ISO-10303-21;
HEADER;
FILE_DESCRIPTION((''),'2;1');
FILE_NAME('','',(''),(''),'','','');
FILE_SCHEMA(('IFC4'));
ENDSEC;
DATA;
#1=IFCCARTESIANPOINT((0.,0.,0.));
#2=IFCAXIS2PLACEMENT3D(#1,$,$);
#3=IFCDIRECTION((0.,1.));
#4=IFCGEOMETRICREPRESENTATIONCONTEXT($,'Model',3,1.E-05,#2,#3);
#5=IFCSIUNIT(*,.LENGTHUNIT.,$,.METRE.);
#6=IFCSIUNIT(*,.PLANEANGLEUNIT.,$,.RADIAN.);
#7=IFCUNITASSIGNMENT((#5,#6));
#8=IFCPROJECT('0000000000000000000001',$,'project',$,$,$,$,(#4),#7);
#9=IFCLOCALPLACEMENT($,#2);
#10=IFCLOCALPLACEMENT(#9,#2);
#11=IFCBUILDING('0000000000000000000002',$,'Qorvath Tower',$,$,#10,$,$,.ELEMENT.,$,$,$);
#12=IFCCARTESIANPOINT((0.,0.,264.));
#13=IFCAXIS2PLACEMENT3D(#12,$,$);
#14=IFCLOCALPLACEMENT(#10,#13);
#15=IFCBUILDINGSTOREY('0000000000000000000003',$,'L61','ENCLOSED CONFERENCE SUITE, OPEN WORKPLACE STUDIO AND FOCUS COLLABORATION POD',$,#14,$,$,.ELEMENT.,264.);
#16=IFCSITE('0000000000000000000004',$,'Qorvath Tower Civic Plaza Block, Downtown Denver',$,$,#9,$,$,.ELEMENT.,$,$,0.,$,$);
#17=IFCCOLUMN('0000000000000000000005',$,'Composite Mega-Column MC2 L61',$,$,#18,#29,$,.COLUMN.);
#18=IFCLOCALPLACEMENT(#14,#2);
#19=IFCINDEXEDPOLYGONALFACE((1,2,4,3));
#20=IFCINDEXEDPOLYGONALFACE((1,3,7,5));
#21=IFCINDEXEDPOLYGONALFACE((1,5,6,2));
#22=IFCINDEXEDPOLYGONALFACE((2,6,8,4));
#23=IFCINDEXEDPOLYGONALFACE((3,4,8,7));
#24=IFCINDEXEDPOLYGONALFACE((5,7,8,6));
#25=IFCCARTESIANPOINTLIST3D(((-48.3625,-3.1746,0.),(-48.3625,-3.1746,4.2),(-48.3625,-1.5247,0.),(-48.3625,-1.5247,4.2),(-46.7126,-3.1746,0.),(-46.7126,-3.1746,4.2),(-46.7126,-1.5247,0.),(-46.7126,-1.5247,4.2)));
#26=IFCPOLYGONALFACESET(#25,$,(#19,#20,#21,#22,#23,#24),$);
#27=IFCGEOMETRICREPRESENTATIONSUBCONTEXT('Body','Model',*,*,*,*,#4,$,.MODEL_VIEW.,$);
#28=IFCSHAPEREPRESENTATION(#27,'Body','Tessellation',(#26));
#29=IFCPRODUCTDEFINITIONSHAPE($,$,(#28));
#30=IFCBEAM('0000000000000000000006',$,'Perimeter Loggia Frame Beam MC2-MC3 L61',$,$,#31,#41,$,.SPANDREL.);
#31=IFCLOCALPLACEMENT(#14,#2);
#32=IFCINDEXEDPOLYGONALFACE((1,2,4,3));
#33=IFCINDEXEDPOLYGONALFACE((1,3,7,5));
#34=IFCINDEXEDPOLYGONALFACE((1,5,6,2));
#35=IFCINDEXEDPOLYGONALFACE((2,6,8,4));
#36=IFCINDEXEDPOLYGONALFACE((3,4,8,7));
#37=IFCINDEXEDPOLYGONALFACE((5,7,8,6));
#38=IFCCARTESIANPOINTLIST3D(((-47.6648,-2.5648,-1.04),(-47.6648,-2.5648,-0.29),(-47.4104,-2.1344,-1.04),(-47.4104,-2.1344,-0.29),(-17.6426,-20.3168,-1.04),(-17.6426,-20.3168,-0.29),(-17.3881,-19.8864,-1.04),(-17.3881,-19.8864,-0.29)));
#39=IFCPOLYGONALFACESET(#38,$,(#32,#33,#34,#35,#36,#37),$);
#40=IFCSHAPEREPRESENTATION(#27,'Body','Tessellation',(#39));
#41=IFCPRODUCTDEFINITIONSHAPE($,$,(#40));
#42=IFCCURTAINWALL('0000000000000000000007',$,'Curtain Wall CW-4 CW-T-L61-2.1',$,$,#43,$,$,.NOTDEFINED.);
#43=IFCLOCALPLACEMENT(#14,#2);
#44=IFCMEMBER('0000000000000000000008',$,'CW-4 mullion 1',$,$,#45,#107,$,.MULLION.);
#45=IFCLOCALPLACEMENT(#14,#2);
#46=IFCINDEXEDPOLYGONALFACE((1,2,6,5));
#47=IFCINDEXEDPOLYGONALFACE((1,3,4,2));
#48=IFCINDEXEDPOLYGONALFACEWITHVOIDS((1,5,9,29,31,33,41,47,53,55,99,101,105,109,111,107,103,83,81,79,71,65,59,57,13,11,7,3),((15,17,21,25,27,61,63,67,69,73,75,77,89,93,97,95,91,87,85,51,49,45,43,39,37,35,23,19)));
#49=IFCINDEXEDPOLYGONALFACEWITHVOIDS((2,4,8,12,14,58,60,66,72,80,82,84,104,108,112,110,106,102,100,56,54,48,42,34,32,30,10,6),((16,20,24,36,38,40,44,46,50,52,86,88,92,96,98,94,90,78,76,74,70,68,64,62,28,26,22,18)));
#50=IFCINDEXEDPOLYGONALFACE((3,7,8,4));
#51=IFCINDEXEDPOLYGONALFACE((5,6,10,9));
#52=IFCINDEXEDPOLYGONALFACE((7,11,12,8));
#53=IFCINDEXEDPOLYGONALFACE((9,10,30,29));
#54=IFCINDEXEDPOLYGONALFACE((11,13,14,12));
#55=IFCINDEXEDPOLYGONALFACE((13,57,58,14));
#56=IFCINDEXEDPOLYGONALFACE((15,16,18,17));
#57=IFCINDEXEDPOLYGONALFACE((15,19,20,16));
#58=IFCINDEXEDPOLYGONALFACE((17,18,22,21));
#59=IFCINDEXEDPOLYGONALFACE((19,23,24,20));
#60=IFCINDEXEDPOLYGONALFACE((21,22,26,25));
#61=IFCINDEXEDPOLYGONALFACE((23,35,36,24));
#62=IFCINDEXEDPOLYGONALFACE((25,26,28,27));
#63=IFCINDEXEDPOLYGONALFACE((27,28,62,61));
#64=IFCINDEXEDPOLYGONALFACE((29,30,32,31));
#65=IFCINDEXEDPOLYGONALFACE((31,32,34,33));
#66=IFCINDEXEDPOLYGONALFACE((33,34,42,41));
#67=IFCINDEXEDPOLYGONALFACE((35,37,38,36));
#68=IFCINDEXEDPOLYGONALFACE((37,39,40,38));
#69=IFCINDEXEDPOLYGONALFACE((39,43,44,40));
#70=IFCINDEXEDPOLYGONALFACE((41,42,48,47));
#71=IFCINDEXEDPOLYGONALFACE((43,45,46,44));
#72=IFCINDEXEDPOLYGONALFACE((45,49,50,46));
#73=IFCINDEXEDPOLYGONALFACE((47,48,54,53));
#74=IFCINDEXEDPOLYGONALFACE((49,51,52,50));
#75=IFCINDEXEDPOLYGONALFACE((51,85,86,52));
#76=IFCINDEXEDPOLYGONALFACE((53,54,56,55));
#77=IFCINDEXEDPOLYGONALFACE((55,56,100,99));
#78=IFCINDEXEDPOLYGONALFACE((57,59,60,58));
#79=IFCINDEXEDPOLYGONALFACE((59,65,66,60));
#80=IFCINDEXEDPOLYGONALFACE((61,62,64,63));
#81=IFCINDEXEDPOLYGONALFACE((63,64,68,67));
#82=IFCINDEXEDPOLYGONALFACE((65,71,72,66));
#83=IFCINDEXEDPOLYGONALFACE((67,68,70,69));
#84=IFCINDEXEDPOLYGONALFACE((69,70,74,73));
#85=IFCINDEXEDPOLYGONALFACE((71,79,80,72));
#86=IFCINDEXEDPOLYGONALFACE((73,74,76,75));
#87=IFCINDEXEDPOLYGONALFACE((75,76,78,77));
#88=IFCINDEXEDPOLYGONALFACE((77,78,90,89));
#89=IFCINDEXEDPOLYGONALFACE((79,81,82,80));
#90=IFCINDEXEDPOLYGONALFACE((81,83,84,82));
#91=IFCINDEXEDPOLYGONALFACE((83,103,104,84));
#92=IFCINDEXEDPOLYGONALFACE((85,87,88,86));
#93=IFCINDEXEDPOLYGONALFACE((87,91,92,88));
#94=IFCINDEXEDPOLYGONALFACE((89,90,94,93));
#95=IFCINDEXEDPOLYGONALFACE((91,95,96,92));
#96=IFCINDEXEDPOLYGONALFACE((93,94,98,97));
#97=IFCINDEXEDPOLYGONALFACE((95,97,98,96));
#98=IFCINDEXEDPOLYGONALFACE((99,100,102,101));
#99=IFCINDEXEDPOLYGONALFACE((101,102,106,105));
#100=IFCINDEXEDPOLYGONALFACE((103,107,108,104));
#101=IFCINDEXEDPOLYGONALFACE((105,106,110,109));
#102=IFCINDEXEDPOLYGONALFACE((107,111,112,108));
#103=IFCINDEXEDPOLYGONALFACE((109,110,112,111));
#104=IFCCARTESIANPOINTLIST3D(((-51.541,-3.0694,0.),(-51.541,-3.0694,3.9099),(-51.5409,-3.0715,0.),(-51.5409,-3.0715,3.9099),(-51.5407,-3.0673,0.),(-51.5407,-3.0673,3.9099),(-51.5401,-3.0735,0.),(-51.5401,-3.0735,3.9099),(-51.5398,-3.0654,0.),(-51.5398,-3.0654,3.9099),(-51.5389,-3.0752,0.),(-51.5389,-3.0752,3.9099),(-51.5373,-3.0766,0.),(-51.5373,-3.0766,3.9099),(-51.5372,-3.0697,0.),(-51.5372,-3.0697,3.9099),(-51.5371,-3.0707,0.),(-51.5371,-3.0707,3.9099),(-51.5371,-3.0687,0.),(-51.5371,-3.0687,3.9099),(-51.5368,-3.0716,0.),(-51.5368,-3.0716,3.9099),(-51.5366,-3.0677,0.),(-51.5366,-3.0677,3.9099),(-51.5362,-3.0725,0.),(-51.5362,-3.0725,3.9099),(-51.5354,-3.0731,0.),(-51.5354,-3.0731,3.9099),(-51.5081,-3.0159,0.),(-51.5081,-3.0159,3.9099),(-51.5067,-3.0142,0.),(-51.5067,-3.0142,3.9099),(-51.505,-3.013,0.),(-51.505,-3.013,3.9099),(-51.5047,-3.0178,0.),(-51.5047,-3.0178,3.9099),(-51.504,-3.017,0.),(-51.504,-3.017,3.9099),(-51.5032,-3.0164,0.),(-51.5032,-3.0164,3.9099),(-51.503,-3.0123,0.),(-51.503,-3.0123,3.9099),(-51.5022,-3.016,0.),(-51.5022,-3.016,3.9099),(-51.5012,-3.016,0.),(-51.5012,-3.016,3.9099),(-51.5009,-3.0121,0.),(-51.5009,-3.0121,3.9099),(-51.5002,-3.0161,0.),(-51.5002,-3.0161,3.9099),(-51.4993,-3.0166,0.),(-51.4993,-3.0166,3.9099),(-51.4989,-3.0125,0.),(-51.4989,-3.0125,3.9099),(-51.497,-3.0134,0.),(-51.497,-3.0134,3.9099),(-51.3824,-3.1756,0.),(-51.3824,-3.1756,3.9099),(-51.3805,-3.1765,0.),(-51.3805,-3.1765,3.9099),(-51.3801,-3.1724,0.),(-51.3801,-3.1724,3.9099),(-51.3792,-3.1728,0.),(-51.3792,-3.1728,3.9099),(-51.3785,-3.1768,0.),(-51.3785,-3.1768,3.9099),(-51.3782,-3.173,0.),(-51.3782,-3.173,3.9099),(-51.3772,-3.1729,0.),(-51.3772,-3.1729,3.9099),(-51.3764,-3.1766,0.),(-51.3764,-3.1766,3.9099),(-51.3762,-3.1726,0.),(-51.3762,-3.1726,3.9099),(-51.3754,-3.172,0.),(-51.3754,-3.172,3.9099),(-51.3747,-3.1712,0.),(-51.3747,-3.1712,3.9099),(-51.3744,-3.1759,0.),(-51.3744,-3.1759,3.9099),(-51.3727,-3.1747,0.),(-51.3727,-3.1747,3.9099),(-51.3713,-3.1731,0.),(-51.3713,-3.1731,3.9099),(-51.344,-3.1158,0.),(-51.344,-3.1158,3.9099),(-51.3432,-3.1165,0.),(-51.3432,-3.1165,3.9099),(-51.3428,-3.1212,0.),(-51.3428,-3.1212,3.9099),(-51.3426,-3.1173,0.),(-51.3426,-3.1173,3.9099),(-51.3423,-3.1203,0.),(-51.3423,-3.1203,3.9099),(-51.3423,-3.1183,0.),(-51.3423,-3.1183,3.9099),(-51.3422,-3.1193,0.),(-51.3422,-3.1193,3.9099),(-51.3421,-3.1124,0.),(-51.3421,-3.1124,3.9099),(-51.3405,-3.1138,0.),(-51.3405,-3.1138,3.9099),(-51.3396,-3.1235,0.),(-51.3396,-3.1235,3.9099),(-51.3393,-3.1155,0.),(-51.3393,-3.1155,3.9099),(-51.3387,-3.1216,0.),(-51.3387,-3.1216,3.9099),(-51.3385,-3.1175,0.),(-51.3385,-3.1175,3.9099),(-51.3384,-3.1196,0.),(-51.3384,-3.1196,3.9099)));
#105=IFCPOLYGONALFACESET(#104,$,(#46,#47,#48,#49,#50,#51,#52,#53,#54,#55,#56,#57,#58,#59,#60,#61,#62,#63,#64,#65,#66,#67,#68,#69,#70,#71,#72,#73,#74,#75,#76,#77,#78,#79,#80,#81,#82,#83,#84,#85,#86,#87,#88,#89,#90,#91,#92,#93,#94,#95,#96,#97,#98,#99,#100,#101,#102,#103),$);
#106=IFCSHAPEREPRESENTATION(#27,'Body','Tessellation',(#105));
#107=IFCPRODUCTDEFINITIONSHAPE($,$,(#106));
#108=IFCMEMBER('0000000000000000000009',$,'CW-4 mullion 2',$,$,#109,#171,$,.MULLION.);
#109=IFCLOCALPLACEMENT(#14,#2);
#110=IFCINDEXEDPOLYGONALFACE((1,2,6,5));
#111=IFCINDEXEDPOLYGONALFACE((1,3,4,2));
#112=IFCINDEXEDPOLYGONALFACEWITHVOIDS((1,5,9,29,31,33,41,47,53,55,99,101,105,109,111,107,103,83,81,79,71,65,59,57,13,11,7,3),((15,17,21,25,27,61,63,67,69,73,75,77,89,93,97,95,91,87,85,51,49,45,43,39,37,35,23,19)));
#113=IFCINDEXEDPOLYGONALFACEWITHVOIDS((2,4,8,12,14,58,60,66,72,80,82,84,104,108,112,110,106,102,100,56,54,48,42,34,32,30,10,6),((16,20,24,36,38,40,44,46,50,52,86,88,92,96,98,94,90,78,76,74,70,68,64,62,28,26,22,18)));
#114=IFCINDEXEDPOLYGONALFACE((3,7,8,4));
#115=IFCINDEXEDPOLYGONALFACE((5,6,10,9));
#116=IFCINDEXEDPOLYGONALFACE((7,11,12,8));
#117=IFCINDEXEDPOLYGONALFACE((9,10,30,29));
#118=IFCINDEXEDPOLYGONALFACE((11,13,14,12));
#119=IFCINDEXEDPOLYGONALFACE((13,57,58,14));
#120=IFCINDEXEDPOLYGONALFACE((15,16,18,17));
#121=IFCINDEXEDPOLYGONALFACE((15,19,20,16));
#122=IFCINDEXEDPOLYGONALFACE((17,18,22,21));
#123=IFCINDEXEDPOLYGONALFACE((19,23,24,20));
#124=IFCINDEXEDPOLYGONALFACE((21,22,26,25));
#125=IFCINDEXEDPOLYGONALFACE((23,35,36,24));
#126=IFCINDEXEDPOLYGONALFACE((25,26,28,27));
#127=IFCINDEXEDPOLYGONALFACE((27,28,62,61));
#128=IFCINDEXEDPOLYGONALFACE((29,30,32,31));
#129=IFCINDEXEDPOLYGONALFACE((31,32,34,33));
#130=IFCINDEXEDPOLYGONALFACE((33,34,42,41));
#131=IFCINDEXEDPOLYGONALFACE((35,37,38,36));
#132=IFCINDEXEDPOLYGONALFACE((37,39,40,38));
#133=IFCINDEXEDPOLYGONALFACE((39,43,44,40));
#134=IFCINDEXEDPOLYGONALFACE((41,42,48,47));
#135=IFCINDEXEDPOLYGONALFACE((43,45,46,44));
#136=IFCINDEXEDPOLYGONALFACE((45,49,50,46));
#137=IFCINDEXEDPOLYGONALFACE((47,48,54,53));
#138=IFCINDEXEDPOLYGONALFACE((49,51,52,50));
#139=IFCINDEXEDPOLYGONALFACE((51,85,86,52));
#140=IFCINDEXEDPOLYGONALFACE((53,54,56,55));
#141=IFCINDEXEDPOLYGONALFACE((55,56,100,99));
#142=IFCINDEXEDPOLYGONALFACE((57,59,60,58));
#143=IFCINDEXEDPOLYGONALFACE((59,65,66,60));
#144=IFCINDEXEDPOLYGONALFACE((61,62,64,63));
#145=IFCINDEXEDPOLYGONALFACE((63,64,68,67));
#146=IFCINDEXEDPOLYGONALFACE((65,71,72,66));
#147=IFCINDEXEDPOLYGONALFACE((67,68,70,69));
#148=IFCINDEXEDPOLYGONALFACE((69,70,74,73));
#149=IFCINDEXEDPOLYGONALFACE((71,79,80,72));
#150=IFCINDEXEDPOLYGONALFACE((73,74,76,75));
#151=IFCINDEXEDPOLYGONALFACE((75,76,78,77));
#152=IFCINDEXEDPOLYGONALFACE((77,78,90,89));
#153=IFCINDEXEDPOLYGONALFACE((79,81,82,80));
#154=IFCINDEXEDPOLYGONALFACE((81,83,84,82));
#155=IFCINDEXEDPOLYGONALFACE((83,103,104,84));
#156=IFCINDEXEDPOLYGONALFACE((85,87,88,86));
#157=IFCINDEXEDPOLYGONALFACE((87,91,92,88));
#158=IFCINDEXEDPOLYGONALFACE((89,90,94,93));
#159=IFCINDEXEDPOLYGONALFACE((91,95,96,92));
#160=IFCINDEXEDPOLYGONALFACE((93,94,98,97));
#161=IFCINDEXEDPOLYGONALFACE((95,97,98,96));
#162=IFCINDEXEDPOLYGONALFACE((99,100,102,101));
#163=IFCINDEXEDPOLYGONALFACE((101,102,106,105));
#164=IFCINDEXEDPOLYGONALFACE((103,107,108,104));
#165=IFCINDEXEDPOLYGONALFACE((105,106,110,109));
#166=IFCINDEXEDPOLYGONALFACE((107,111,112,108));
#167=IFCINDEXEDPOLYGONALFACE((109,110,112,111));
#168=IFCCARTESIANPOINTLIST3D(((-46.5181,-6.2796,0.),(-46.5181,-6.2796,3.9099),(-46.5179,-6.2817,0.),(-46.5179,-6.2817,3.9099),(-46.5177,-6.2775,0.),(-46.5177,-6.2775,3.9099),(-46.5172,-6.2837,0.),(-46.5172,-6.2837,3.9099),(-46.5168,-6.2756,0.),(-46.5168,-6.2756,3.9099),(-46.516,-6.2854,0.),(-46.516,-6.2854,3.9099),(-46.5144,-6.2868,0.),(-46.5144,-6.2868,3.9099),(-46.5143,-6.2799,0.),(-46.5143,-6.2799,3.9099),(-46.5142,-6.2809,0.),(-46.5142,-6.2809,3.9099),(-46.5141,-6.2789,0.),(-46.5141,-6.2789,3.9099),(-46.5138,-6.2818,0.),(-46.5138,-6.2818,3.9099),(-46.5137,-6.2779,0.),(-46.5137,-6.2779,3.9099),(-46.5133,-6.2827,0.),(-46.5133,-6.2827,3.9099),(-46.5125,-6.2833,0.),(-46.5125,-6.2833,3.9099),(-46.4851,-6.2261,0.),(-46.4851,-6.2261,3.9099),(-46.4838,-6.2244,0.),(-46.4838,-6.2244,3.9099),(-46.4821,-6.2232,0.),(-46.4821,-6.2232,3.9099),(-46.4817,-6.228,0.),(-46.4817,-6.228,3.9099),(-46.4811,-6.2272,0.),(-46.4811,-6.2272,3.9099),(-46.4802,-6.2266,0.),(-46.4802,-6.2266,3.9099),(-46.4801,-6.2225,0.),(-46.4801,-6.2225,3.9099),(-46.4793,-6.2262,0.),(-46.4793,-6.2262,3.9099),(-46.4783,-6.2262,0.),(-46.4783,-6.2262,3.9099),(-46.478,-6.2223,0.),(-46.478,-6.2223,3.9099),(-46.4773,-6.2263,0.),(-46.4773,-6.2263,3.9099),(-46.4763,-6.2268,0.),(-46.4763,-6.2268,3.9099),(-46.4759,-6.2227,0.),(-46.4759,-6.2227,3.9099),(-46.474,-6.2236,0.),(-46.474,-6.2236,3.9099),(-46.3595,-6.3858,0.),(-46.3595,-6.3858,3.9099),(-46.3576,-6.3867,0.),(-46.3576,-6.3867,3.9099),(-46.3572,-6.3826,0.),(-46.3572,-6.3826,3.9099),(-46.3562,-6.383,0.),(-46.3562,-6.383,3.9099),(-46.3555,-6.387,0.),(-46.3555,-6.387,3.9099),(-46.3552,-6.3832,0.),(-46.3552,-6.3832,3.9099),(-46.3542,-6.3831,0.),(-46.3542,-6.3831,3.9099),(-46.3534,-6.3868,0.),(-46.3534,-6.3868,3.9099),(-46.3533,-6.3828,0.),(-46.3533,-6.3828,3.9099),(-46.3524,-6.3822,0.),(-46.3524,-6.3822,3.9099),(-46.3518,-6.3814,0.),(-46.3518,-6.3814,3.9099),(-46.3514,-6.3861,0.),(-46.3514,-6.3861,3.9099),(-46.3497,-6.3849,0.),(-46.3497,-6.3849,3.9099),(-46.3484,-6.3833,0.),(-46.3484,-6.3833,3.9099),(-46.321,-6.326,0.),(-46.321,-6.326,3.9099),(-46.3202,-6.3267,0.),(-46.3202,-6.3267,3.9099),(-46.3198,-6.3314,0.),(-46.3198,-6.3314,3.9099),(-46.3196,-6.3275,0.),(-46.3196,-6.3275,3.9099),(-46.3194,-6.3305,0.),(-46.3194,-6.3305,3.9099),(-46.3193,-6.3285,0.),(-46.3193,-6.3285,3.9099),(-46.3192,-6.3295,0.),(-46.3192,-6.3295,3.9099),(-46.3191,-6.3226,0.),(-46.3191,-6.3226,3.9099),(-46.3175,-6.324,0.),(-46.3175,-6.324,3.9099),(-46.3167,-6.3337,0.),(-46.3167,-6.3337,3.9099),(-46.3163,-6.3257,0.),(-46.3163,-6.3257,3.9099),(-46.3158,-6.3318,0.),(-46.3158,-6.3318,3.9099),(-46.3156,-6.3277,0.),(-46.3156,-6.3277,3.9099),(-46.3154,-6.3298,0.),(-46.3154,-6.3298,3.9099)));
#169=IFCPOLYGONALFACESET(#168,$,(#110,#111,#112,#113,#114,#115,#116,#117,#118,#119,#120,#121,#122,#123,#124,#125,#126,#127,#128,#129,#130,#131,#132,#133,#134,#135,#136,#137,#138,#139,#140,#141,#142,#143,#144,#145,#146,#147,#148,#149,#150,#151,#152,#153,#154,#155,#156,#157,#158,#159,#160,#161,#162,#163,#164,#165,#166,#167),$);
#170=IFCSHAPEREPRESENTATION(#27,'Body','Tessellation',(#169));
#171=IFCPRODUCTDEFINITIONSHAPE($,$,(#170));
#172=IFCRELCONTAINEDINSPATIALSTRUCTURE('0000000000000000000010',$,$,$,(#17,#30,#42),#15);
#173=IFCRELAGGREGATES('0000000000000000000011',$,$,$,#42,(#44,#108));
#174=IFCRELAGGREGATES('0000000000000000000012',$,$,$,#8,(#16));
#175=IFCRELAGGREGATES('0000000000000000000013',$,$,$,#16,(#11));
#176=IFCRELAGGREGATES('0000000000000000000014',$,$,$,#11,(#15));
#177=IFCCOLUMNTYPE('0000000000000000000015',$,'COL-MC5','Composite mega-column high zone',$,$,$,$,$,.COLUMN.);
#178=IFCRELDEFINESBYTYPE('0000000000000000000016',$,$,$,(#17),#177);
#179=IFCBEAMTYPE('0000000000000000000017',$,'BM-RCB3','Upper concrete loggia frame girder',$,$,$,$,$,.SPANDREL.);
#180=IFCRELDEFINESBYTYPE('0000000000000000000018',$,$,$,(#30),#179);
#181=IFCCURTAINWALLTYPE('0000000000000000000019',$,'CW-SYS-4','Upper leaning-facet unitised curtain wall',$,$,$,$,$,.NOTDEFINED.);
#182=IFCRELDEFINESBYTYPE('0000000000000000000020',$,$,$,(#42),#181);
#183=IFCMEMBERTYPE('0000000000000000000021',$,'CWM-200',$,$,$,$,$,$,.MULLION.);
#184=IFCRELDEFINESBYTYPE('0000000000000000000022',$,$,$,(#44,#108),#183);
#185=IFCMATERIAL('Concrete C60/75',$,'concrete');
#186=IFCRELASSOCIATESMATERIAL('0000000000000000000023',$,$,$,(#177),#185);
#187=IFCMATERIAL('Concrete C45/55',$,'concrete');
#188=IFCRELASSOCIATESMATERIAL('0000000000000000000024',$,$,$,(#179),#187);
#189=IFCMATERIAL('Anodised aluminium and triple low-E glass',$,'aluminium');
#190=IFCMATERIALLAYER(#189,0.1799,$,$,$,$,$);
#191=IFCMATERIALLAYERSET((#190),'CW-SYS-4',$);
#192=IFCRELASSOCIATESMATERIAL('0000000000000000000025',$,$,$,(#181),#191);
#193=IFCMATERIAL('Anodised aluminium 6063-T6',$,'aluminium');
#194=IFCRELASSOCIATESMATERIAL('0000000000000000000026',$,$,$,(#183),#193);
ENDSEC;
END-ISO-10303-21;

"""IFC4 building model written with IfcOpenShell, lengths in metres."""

from ifc_helpers import new_model, si_unit, direction, frame, origin, origin_2d, place, context, subcontext, project, spatial, rectangle, hollow_rectangle, extrude, material, layer, layer_set, material_profile, profile_set, type_object, element, aggregate, save


model = new_model("IFC4")

# Units and contexts
model_context = context("Model", 3, precision=1e-05, world=origin(), true_north=direction((0.0, 1.0)))
body_context = subcontext(model_context, "Body", "Model", "MODEL_VIEW")
ifc_project = project(units=[si_unit("LENGTHUNIT", "METRE"), si_unit("PLANEANGLEUNIT", "RADIAN")], contexts=[model_context])

# Site, building, storey
site_placement = place(None, origin())
site = spatial("IfcSite", under=ifc_project, at=site_placement, Name="Qorvath Tower Civic Plaza Block, Downtown Denver", CompositionType="ELEMENT", RefElevation=0.0)
building_placement = place(site_placement, origin())
building = spatial("IfcBuilding", under=site, at=building_placement, Name="Qorvath Tower", CompositionType="ELEMENT")
storey_placement = place(building_placement, frame((0.0, 0.0, 264.0)))
storey = spatial("IfcBuildingStorey", under=building, at=storey_placement, Name="L61", Description="ENCLOSED CONFERENCE SUITE, OPEN WORKPLACE STUDIO AND FOCUS COLLABORATION POD", CompositionType="ELEMENT", Elevation=264.0)

# Column
ifc_material_1 = material(Name="Concrete C60/75", Category="concrete")
ifc_material_profile_1 = material_profile(ifc_material_1, rectangle(XDim=1.6499, YDim=1.6499, at=origin_2d()), Name="MC 1650x1650")
ifc_profile_set_1 = profile_set([ifc_material_profile_1], Name="Concrete C60/75")
column_type = type_object("IfcColumnType", Name="COL-MC5", Description="Composite mega-column high zone", PredefinedType="COLUMN", material=ifc_profile_set_1)
column_placement = place(storey_placement, frame((-47.5376, -2.3496, 0.0), z_axis=(0.0, 0.0, 1.0), x_axis=(1.0, 0.0, 0.0)))
element("IfcColumn", 1, at=column_placement, inside=storey, type_object=column_type, Name="Composite Mega-Column MC2 L61", PredefinedType="COLUMN", context=body_context, shape_type="SweptSolid", body=[
    extrude(rectangle(XDim=1.6499, YDim=1.6499, at=origin_2d()), origin(), (0.0, 0.0, 1.0), 4.2),
])

# Beam
ifc_material_2 = material(Name="Concrete C45/55", Category="concrete")
ifc_material_profile_2 = material_profile(ifc_material_2, rectangle(XDim=0.5, YDim=0.75, at=origin_2d()), Name="RCB 750x500")
ifc_profile_set_2 = profile_set([ifc_material_profile_2], Name="Concrete C45/55")
beam_type = type_object("IfcBeamType", Name="BM-RCB3", Description="Upper concrete loggia frame girder", PredefinedType="SPANDREL", material=ifc_profile_set_2)
beam_placement = place(storey_placement, frame((-47.5376, -2.3496, -0.665), z_axis=(0.860781, -0.508975, 0.0), x_axis=(0.508975, 0.860781, 0.0)))
element("IfcBeam", 2, at=beam_placement, inside=storey, type_object=beam_type, Name="Perimeter Loggia Frame Beam MC2-MC3 L61", PredefinedType="SPANDREL", context=body_context, shape_type="SweptSolid", body=[
    extrude(rectangle(XDim=0.5, YDim=0.75, at=origin_2d()), origin(), (0.0, 0.0, 1.0), 34.8779),
])

# Curtain wall, members
ifc_material_3 = material(Name="Anodised aluminium and triple low-E glass", Category="aluminium")
ifc_layer_1 = layer(ifc_material_3, 0.1799)
ifc_layer_set_1 = layer_set([ifc_layer_1], Name="CW-SYS-4")
curtain_wall_type = type_object("IfcCurtainWallType", Name="CW-SYS-4", Description="Upper leaning-facet unitised curtain wall", PredefinedType="NOTDEFINED", material=ifc_layer_set_1)
curtain_wall_placement = place(storey_placement, origin())
curtain_wall = element("IfcCurtainWall", 3, at=curtain_wall_placement, inside=storey, type_object=curtain_wall_type, Name="Curtain Wall CW-4 CW-T-L61-2.1", PredefinedType="NOTDEFINED")
ifc_material_4 = material(Name="Anodised aluminium 6063-T6", Category="aluminium")
ifc_material_profile_3 = material_profile(ifc_material_4, hollow_rectangle(XDim=0.075, YDim=0.2, WallThickness=0.0039, InnerFilletRadius=0.0039, OuterFilletRadius=0.0081, at=origin_2d()), Name="CWM 200x75")
ifc_profile_set_3 = profile_set([ifc_material_profile_3], Name="Anodised aluminium 6063-T6")
member_type_1 = type_object("IfcMemberType", Name="CWM-200", PredefinedType="MULLION", material=ifc_profile_set_3)
member_1_placement = place(storey_placement, frame((-51.4397, -3.0945, 0.0), z_axis=(0.0, 0.0, 1.0), x_axis=(0.538529, 0.842607, 0.0)))
member_1 = element("IfcMember", 4, at=member_1_placement, type_object=member_type_1, Name="CW-4 mullion 1", PredefinedType="MULLION", context=body_context, shape_type="SweptSolid", body=[
    extrude(hollow_rectangle(XDim=0.075, YDim=0.2, WallThickness=0.0039, InnerFilletRadius=0.0039, OuterFilletRadius=0.0081, at=origin_2d()), origin(), (0.0, 0.0, 1.0), 3.9099),
])
member_2_placement = place(storey_placement, frame((-46.4167, -6.3047, 0.0), z_axis=(0.0, 0.0, 1.0), x_axis=(0.538529, 0.842607, 0.0)))
member_2 = element("IfcMember", 5, at=member_2_placement, type_object=member_type_1, Name="CW-4 mullion 2", PredefinedType="MULLION", context=body_context, shape_type="SweptSolid", body=[
    extrude(hollow_rectangle(XDim=0.075, YDim=0.2, WallThickness=0.0039, InnerFilletRadius=0.0039, OuterFilletRadius=0.0081, at=origin_2d()), origin(), (0.0, 0.0, 1.0), 3.9099),
])
aggregate(curtain_wall, [member_1, member_2])

save(model, "model.ifc")
